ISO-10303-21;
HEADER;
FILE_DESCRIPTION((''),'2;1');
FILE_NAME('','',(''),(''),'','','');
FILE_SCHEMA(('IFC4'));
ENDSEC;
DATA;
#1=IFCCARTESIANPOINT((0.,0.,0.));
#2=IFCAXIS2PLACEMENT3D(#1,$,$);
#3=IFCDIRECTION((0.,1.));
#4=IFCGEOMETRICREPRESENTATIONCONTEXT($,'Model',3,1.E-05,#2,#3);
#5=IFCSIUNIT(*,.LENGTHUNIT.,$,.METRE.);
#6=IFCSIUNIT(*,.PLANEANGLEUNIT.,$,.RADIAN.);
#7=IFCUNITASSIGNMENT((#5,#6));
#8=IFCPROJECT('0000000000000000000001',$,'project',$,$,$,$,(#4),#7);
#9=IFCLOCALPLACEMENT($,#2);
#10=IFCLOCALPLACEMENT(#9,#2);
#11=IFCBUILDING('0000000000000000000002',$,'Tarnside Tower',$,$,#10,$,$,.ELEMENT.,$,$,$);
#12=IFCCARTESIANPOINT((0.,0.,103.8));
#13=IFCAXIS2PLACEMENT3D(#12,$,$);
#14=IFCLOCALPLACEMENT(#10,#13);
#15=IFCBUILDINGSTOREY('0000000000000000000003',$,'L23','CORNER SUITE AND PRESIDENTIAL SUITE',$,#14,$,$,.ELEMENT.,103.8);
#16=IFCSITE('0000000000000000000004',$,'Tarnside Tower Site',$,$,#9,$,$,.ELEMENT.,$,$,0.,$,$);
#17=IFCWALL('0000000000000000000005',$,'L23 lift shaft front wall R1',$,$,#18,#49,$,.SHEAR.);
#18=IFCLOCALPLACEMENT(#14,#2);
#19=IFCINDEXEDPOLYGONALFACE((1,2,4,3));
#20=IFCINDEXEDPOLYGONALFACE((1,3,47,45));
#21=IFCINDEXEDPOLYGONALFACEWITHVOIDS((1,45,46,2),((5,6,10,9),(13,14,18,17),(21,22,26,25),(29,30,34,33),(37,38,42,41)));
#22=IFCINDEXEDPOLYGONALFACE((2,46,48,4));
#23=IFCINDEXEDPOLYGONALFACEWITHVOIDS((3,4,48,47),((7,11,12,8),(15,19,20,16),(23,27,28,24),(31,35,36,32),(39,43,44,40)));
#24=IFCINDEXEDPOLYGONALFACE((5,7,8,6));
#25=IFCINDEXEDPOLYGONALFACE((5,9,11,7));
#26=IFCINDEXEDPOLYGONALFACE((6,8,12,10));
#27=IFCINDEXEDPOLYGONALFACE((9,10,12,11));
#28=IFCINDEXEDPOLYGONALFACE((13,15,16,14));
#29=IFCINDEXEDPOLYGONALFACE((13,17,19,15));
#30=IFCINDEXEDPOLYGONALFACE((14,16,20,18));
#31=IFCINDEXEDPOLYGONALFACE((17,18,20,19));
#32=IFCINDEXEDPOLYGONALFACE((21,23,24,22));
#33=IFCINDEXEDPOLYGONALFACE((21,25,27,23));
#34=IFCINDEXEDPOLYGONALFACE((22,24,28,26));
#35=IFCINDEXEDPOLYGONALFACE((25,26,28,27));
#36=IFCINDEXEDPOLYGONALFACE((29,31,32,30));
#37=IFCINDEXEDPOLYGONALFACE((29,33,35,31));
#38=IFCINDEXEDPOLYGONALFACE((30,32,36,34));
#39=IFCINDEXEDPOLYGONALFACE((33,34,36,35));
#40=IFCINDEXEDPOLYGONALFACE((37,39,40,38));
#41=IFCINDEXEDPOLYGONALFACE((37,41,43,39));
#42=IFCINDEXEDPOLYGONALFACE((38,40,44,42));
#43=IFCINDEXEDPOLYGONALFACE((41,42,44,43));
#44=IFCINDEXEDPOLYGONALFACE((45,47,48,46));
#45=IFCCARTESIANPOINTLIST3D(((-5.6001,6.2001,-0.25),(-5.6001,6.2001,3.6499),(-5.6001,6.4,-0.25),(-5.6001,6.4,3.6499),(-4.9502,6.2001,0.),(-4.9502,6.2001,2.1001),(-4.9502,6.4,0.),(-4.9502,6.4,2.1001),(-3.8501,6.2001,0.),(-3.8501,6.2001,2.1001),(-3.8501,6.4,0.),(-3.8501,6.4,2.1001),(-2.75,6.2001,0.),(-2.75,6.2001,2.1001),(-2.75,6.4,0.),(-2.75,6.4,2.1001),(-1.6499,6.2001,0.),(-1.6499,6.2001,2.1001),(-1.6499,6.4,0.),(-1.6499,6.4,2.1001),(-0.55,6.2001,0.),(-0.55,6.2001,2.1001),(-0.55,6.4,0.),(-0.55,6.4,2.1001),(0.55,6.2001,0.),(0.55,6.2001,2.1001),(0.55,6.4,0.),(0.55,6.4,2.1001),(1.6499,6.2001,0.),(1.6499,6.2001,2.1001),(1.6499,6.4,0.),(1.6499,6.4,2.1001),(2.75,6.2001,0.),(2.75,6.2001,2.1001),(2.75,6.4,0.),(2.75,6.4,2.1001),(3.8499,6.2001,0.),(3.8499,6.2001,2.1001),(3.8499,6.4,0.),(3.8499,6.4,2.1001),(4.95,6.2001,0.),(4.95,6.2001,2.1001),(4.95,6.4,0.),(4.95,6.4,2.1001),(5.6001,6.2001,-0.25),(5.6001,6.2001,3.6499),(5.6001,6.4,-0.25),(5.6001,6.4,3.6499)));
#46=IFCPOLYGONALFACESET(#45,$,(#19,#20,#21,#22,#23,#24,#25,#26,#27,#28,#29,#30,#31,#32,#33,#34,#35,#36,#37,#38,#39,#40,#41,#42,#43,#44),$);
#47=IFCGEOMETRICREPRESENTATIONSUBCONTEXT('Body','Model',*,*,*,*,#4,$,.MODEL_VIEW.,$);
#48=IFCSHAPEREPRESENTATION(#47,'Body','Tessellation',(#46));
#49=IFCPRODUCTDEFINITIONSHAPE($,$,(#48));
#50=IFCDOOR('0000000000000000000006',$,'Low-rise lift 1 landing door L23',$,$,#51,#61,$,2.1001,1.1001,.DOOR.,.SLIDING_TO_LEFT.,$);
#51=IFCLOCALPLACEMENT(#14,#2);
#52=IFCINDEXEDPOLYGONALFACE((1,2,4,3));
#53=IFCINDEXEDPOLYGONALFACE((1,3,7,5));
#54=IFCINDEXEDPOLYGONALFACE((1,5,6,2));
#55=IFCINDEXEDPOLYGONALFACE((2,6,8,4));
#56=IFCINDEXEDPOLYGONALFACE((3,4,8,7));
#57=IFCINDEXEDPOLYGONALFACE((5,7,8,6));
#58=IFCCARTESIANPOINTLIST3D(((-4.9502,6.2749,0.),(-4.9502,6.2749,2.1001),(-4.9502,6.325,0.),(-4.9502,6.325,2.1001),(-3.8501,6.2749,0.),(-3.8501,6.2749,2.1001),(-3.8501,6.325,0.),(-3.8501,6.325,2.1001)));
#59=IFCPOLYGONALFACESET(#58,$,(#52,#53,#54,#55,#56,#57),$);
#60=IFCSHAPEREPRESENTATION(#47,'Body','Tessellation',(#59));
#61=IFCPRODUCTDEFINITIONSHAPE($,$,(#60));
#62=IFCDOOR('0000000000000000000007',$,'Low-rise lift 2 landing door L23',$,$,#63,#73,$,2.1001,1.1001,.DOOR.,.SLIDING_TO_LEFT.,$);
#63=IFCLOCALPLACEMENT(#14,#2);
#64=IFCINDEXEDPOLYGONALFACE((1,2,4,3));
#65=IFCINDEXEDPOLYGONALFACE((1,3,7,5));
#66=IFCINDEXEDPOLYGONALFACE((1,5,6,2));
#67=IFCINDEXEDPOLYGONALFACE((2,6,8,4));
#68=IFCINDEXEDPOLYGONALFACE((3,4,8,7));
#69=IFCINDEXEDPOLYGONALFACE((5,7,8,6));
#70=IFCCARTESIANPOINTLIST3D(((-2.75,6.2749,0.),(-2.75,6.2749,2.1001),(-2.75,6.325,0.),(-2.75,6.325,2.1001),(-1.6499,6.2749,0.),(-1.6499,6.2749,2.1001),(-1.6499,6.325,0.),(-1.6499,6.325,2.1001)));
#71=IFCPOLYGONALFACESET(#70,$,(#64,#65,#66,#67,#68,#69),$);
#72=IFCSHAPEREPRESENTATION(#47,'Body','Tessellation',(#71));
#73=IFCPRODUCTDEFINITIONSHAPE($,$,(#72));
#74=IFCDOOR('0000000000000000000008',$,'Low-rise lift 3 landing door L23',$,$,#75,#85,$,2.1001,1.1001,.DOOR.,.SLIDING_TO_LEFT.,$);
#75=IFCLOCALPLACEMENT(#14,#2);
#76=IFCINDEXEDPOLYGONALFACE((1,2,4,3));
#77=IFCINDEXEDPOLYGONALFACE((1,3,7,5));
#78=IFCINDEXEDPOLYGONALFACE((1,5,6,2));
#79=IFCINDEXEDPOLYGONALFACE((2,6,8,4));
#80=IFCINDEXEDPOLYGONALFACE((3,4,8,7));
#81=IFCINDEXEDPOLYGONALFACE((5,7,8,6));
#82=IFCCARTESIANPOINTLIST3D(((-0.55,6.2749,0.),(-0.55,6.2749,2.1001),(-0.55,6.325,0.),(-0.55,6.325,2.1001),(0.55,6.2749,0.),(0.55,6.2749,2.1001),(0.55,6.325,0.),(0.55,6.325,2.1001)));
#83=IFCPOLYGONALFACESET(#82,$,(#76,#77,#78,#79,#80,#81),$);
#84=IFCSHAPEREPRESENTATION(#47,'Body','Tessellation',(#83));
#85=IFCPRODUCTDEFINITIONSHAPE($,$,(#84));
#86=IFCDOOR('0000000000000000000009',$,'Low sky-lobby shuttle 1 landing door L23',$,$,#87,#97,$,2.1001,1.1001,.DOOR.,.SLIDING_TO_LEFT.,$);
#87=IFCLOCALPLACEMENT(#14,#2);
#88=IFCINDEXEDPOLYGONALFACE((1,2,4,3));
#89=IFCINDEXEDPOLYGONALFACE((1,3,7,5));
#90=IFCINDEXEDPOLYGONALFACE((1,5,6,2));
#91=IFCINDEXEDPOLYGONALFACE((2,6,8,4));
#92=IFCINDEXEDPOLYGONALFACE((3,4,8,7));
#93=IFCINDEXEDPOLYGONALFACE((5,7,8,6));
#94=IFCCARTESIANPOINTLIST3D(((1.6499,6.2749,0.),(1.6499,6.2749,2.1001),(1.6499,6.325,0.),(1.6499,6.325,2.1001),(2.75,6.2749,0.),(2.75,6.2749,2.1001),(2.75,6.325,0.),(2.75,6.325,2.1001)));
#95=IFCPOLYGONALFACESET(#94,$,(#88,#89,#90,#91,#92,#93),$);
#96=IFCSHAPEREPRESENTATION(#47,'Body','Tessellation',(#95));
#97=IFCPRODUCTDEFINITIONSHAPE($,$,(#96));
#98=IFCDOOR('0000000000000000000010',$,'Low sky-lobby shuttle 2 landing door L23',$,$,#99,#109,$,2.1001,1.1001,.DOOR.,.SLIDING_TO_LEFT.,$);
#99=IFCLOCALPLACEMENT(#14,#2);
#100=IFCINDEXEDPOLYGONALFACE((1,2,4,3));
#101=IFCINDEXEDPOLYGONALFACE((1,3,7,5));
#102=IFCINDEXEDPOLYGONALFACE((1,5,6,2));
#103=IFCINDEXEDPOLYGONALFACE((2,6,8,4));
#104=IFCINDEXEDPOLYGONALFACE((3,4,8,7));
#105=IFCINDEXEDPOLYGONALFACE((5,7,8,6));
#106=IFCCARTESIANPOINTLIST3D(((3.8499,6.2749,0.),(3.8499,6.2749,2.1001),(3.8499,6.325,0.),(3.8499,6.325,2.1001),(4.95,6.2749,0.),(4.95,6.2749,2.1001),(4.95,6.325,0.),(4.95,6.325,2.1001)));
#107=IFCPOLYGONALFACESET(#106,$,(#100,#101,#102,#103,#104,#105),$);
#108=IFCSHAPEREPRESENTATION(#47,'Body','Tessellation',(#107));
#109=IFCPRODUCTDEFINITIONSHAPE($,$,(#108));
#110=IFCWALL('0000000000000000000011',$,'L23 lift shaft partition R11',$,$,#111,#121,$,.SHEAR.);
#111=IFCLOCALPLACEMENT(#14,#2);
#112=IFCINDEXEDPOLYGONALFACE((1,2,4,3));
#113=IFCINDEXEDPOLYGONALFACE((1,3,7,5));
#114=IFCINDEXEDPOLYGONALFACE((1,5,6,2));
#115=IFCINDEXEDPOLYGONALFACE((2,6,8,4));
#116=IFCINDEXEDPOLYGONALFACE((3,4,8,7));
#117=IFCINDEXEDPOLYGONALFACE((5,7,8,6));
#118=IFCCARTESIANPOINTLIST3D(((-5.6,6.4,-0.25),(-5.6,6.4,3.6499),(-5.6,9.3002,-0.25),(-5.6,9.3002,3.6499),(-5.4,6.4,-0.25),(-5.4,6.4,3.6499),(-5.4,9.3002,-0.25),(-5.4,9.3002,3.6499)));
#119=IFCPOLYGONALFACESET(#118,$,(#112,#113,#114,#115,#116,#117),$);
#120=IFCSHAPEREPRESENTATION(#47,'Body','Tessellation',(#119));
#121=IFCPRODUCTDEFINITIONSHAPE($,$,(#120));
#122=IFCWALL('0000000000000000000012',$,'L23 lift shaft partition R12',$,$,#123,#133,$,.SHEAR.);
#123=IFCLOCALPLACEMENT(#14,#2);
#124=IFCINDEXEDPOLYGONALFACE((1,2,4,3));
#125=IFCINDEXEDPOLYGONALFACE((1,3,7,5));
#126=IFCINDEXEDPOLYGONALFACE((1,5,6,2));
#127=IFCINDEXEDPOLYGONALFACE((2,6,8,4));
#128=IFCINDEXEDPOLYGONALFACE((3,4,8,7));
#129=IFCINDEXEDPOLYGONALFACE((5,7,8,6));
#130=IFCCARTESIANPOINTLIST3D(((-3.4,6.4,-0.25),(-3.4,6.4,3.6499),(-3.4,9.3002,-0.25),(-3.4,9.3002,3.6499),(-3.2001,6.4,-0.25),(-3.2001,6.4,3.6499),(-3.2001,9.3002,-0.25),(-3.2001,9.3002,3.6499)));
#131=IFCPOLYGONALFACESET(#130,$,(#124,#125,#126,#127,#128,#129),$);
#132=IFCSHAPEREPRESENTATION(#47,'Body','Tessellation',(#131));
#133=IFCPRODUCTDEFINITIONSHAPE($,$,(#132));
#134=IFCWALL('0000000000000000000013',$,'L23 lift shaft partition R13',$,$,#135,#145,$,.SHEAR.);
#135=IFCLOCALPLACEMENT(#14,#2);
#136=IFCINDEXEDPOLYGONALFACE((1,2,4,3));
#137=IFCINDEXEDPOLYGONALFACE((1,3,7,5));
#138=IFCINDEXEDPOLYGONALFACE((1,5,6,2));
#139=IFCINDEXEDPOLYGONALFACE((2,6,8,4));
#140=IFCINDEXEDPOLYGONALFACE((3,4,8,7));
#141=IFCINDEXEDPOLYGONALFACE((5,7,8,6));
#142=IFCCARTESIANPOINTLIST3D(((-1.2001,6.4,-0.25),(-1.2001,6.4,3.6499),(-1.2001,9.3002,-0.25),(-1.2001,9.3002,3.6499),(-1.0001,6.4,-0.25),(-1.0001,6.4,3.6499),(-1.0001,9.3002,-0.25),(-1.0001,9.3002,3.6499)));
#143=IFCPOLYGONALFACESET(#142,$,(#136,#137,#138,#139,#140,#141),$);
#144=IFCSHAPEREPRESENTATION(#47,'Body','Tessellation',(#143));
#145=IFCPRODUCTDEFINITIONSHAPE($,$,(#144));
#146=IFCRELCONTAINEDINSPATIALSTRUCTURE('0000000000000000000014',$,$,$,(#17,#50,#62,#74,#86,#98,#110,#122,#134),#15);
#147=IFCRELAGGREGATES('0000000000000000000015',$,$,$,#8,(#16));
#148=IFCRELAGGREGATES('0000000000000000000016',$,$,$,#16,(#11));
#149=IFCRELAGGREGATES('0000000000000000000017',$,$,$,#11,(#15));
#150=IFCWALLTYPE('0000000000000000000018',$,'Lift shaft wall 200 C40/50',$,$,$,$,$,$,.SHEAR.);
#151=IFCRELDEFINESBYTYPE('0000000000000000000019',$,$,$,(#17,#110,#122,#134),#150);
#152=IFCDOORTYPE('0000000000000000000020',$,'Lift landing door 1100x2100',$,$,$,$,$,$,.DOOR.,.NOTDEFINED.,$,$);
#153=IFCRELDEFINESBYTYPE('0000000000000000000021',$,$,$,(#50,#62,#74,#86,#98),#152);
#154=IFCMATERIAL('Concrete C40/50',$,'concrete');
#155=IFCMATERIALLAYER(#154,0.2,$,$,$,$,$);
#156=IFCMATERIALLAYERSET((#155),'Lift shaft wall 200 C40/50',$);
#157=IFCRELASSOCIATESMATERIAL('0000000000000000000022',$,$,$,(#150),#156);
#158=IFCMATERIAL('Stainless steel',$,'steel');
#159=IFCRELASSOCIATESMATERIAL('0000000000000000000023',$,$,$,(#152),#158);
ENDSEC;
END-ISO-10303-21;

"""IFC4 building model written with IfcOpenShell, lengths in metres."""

from ifc_helpers import new_model, si_unit, direction, frame, frame_2d, origin, place, context, subcontext, project, spatial, rectangle, extrude, material, layer, layer_set, type_object, element, fill, save


model = new_model("IFC4")

# Units and contexts
model_context = context("Model", 3, precision=1e-05, world=origin(), true_north=direction((0.0, 1.0)))
body_context = subcontext(model_context, "Body", "Model", "MODEL_VIEW")
ifc_project = project(units=[si_unit("LENGTHUNIT", "METRE"), si_unit("PLANEANGLEUNIT", "RADIAN")], contexts=[model_context])

# Site, building, storey
site_placement = place(None, origin())
site = spatial("IfcSite", under=ifc_project, at=site_placement, Name="Tarnside Tower Site", CompositionType="ELEMENT", RefElevation=0.0)
building_placement = place(site_placement, origin())
building = spatial("IfcBuilding", under=site, at=building_placement, Name="Tarnside Tower", CompositionType="ELEMENT")
storey_placement = place(building_placement, frame((0.0, 0.0, 103.8)))
storey = spatial("IfcBuildingStorey", under=building, at=storey_placement, Name="L23", Description="CORNER SUITE AND PRESIDENTIAL SUITE", CompositionType="ELEMENT", Elevation=103.8)

# Shared definitions
ifc_material_1 = material(Name="Concrete C40/50", Category="concrete")

# Wall, openings, doors
ifc_layer_1 = layer(ifc_material_1, 0.2)
ifc_layer_set_1 = layer_set([ifc_layer_1], Name="Lift shaft wall 200 C40/50")
wall_type_1 = type_object("IfcWallType", Name="Lift shaft wall 200 C40/50", PredefinedType="SHEAR", material=ifc_layer_set_1)
wall_1_placement = place(storey_placement, frame((-5.6001, 6.3, -0.25), z_axis=(0.0, 0.0, 1.0), x_axis=(1.0, 0.0, 0.0)))
wall_1 = element("IfcWall", 1, at=wall_1_placement, inside=storey, type_object=wall_type_1, Name="L23 lift shaft front wall R1", PredefinedType="SHEAR", context=body_context, shape_type="SweptSolid", body=[
    extrude(rectangle(XDim=11.2002, YDim=0.2, at=frame_2d((5.6001, 0.0))), origin(), (0.0, 0.0, 1.0), 3.8999),
])
opening_1_placement = place(wall_1_placement, frame((0.6499, 0.0, 0.25)))
opening_1 = element("IfcOpeningElement", 2, at=opening_1_placement, cuts=wall_1, PredefinedType="OPENING", context=body_context, shape_type="SweptSolid", body=[
    extrude(rectangle(XDim=1.1001, YDim=2.1001, at=frame_2d((0.55, 1.05))), frame((0.0, 0.1099, 0.0), z_axis=(0.0, -1.0, 0.0), x_axis=(1.0, 0.0, 0.0)), (0.0, 0.0, 1.0), 0.22),
])
opening_2_placement = place(wall_1_placement, frame((2.8501, 0.0, 0.25)))
opening_2 = element("IfcOpeningElement", 3, at=opening_2_placement, cuts=wall_1, PredefinedType="OPENING", context=body_context, shape_type="SweptSolid", body=[
    extrude(rectangle(XDim=1.1001, YDim=2.1001, at=frame_2d((0.55, 1.05))), frame((0.0, 0.1099, 0.0), z_axis=(0.0, -1.0, 0.0), x_axis=(1.0, 0.0, 0.0)), (0.0, 0.0, 1.0), 0.22),
])
opening_3_placement = place(wall_1_placement, frame((5.05, 0.0, 0.25)))
opening_3 = element("IfcOpeningElement", 4, at=opening_3_placement, cuts=wall_1, PredefinedType="OPENING", context=body_context, shape_type="SweptSolid", body=[
    extrude(rectangle(XDim=1.1001, YDim=2.1001, at=frame_2d((0.55, 1.05))), frame((0.0, 0.1099, 0.0), z_axis=(0.0, -1.0, 0.0), x_axis=(1.0, 0.0, 0.0)), (0.0, 0.0, 1.0), 0.22),
])
opening_4_placement = place(wall_1_placement, frame((7.25, 0.0, 0.25)))
opening_4 = element("IfcOpeningElement", 5, at=opening_4_placement, cuts=wall_1, PredefinedType="OPENING", context=body_context, shape_type="SweptSolid", body=[
    extrude(rectangle(XDim=1.1001, YDim=2.1001, at=frame_2d((0.55, 1.05))), frame((0.0, 0.1099, 0.0), z_axis=(0.0, -1.0, 0.0), x_axis=(1.0, 0.0, 0.0)), (0.0, 0.0, 1.0), 0.22),
])
opening_5_placement = place(wall_1_placement, frame((9.45, 0.0, 0.25)))
opening_5 = element("IfcOpeningElement", 6, at=opening_5_placement, cuts=wall_1, PredefinedType="OPENING", context=body_context, shape_type="SweptSolid", body=[
    extrude(rectangle(XDim=1.1001, YDim=2.1001, at=frame_2d((0.55, 1.05))), frame((0.0, 0.1099, 0.0), z_axis=(0.0, -1.0, 0.0), x_axis=(1.0, 0.0, 0.0)), (0.0, 0.0, 1.0), 0.22),
])
ifc_material_2 = material(Name="Stainless steel", Category="steel")
door_type_1 = type_object("IfcDoorType", Name="Lift landing door 1100x2100", OperationType="NOTDEFINED", PredefinedType="DOOR", material=ifc_material_2)
door_1_placement = place(opening_1_placement, origin())
door_1 = element("IfcDoor", 7, at=door_1_placement, inside=storey, type_object=door_type_1, Name="Low-rise lift 1 landing door L23", OperationType="SLIDING_TO_LEFT", OverallHeight=2.1001, OverallWidth=1.1001, PredefinedType="DOOR", context=body_context, shape_type="SweptSolid", body=[
    extrude(rectangle(XDim=1.1001, YDim=2.1001, at=frame_2d((0.55, 1.05))), frame((0.0, 0.0249, 0.0), z_axis=(0.0, -1.0, 0.0), x_axis=(1.0, 0.0, 0.0)), (0.0, 0.0, 1.0), 0.05),
])
fill(opening_1, door_1)
door_2_placement = place(opening_2_placement, origin())
door_2 = element("IfcDoor", 8, at=door_2_placement, inside=storey, type_object=door_type_1, Name="Low-rise lift 2 landing door L23", OperationType="SLIDING_TO_LEFT", OverallHeight=2.1001, OverallWidth=1.1001, PredefinedType="DOOR", context=body_context, shape_type="SweptSolid", body=[
    extrude(rectangle(XDim=1.1001, YDim=2.1001, at=frame_2d((0.55, 1.05))), frame((0.0, 0.0249, 0.0), z_axis=(0.0, -1.0, 0.0), x_axis=(1.0, 0.0, 0.0)), (0.0, 0.0, 1.0), 0.05),
])
fill(opening_2, door_2)
door_3_placement = place(opening_3_placement, origin())
door_3 = element("IfcDoor", 9, at=door_3_placement, inside=storey, type_object=door_type_1, Name="Low-rise lift 3 landing door L23", OperationType="SLIDING_TO_LEFT", OverallHeight=2.1001, OverallWidth=1.1001, PredefinedType="DOOR", context=body_context, shape_type="SweptSolid", body=[
    extrude(rectangle(XDim=1.1001, YDim=2.1001, at=frame_2d((0.55, 1.05))), frame((0.0, 0.0249, 0.0), z_axis=(0.0, -1.0, 0.0), x_axis=(1.0, 0.0, 0.0)), (0.0, 0.0, 1.0), 0.05),
])
fill(opening_3, door_3)
door_4_placement = place(opening_4_placement, origin())
door_4 = element("IfcDoor", 10, at=door_4_placement, inside=storey, type_object=door_type_1, Name="Low sky-lobby shuttle 1 landing door L23", OperationType="SLIDING_TO_LEFT", OverallHeight=2.1001, OverallWidth=1.1001, PredefinedType="DOOR", context=body_context, shape_type="SweptSolid", body=[
    extrude(rectangle(XDim=1.1001, YDim=2.1001, at=frame_2d((0.55, 1.05))), frame((0.0, 0.0249, 0.0), z_axis=(0.0, -1.0, 0.0), x_axis=(1.0, 0.0, 0.0)), (0.0, 0.0, 1.0), 0.05),
])
fill(opening_4, door_4)
door_5_placement = place(opening_5_placement, origin())
door_5 = element("IfcDoor", 11, at=door_5_placement, inside=storey, type_object=door_type_1, Name="Low sky-lobby shuttle 2 landing door L23", OperationType="SLIDING_TO_LEFT", OverallHeight=2.1001, OverallWidth=1.1001, PredefinedType="DOOR", context=body_context, shape_type="SweptSolid", body=[
    extrude(rectangle(XDim=1.1001, YDim=2.1001, at=frame_2d((0.55, 1.05))), frame((0.0, 0.0249, 0.0), z_axis=(0.0, -1.0, 0.0), x_axis=(1.0, 0.0, 0.0)), (0.0, 0.0, 1.0), 0.05),
])
fill(opening_5, door_5)

# Walls
for number, where, z_axis, x_axis, name in (
    (12, (-5.5, 6.3999, -0.25), (0.0, 0.0, 1.0), (0.0, 1.0, 0.0), "L23 lift shaft partition R11"),
    (13, (-3.3, 6.3999, -0.25), (0.0, 0.0, 1.0), (0.0, 1.0, 0.0), "L23 lift shaft partition R12"),
    (14, (-1.1001, 6.3999, -0.25), (0.0, 0.0, 1.0), (0.0, 1.0, 0.0), "L23 lift shaft partition R13"),
):
    element("IfcWall", number, at=place(storey_placement, frame(where, z_axis=z_axis, x_axis=x_axis)), inside=storey, type_object=wall_type_1, Name=name, PredefinedType="SHEAR", context=body_context, shape_type="SweptSolid", body=[
        extrude(rectangle(XDim=2.9001, YDim=0.2, at=frame_2d((1.4502, 0.0))), origin(), (0.0, 0.0, 1.0), 3.8999),
    ])

save(model, "model.ifc")
